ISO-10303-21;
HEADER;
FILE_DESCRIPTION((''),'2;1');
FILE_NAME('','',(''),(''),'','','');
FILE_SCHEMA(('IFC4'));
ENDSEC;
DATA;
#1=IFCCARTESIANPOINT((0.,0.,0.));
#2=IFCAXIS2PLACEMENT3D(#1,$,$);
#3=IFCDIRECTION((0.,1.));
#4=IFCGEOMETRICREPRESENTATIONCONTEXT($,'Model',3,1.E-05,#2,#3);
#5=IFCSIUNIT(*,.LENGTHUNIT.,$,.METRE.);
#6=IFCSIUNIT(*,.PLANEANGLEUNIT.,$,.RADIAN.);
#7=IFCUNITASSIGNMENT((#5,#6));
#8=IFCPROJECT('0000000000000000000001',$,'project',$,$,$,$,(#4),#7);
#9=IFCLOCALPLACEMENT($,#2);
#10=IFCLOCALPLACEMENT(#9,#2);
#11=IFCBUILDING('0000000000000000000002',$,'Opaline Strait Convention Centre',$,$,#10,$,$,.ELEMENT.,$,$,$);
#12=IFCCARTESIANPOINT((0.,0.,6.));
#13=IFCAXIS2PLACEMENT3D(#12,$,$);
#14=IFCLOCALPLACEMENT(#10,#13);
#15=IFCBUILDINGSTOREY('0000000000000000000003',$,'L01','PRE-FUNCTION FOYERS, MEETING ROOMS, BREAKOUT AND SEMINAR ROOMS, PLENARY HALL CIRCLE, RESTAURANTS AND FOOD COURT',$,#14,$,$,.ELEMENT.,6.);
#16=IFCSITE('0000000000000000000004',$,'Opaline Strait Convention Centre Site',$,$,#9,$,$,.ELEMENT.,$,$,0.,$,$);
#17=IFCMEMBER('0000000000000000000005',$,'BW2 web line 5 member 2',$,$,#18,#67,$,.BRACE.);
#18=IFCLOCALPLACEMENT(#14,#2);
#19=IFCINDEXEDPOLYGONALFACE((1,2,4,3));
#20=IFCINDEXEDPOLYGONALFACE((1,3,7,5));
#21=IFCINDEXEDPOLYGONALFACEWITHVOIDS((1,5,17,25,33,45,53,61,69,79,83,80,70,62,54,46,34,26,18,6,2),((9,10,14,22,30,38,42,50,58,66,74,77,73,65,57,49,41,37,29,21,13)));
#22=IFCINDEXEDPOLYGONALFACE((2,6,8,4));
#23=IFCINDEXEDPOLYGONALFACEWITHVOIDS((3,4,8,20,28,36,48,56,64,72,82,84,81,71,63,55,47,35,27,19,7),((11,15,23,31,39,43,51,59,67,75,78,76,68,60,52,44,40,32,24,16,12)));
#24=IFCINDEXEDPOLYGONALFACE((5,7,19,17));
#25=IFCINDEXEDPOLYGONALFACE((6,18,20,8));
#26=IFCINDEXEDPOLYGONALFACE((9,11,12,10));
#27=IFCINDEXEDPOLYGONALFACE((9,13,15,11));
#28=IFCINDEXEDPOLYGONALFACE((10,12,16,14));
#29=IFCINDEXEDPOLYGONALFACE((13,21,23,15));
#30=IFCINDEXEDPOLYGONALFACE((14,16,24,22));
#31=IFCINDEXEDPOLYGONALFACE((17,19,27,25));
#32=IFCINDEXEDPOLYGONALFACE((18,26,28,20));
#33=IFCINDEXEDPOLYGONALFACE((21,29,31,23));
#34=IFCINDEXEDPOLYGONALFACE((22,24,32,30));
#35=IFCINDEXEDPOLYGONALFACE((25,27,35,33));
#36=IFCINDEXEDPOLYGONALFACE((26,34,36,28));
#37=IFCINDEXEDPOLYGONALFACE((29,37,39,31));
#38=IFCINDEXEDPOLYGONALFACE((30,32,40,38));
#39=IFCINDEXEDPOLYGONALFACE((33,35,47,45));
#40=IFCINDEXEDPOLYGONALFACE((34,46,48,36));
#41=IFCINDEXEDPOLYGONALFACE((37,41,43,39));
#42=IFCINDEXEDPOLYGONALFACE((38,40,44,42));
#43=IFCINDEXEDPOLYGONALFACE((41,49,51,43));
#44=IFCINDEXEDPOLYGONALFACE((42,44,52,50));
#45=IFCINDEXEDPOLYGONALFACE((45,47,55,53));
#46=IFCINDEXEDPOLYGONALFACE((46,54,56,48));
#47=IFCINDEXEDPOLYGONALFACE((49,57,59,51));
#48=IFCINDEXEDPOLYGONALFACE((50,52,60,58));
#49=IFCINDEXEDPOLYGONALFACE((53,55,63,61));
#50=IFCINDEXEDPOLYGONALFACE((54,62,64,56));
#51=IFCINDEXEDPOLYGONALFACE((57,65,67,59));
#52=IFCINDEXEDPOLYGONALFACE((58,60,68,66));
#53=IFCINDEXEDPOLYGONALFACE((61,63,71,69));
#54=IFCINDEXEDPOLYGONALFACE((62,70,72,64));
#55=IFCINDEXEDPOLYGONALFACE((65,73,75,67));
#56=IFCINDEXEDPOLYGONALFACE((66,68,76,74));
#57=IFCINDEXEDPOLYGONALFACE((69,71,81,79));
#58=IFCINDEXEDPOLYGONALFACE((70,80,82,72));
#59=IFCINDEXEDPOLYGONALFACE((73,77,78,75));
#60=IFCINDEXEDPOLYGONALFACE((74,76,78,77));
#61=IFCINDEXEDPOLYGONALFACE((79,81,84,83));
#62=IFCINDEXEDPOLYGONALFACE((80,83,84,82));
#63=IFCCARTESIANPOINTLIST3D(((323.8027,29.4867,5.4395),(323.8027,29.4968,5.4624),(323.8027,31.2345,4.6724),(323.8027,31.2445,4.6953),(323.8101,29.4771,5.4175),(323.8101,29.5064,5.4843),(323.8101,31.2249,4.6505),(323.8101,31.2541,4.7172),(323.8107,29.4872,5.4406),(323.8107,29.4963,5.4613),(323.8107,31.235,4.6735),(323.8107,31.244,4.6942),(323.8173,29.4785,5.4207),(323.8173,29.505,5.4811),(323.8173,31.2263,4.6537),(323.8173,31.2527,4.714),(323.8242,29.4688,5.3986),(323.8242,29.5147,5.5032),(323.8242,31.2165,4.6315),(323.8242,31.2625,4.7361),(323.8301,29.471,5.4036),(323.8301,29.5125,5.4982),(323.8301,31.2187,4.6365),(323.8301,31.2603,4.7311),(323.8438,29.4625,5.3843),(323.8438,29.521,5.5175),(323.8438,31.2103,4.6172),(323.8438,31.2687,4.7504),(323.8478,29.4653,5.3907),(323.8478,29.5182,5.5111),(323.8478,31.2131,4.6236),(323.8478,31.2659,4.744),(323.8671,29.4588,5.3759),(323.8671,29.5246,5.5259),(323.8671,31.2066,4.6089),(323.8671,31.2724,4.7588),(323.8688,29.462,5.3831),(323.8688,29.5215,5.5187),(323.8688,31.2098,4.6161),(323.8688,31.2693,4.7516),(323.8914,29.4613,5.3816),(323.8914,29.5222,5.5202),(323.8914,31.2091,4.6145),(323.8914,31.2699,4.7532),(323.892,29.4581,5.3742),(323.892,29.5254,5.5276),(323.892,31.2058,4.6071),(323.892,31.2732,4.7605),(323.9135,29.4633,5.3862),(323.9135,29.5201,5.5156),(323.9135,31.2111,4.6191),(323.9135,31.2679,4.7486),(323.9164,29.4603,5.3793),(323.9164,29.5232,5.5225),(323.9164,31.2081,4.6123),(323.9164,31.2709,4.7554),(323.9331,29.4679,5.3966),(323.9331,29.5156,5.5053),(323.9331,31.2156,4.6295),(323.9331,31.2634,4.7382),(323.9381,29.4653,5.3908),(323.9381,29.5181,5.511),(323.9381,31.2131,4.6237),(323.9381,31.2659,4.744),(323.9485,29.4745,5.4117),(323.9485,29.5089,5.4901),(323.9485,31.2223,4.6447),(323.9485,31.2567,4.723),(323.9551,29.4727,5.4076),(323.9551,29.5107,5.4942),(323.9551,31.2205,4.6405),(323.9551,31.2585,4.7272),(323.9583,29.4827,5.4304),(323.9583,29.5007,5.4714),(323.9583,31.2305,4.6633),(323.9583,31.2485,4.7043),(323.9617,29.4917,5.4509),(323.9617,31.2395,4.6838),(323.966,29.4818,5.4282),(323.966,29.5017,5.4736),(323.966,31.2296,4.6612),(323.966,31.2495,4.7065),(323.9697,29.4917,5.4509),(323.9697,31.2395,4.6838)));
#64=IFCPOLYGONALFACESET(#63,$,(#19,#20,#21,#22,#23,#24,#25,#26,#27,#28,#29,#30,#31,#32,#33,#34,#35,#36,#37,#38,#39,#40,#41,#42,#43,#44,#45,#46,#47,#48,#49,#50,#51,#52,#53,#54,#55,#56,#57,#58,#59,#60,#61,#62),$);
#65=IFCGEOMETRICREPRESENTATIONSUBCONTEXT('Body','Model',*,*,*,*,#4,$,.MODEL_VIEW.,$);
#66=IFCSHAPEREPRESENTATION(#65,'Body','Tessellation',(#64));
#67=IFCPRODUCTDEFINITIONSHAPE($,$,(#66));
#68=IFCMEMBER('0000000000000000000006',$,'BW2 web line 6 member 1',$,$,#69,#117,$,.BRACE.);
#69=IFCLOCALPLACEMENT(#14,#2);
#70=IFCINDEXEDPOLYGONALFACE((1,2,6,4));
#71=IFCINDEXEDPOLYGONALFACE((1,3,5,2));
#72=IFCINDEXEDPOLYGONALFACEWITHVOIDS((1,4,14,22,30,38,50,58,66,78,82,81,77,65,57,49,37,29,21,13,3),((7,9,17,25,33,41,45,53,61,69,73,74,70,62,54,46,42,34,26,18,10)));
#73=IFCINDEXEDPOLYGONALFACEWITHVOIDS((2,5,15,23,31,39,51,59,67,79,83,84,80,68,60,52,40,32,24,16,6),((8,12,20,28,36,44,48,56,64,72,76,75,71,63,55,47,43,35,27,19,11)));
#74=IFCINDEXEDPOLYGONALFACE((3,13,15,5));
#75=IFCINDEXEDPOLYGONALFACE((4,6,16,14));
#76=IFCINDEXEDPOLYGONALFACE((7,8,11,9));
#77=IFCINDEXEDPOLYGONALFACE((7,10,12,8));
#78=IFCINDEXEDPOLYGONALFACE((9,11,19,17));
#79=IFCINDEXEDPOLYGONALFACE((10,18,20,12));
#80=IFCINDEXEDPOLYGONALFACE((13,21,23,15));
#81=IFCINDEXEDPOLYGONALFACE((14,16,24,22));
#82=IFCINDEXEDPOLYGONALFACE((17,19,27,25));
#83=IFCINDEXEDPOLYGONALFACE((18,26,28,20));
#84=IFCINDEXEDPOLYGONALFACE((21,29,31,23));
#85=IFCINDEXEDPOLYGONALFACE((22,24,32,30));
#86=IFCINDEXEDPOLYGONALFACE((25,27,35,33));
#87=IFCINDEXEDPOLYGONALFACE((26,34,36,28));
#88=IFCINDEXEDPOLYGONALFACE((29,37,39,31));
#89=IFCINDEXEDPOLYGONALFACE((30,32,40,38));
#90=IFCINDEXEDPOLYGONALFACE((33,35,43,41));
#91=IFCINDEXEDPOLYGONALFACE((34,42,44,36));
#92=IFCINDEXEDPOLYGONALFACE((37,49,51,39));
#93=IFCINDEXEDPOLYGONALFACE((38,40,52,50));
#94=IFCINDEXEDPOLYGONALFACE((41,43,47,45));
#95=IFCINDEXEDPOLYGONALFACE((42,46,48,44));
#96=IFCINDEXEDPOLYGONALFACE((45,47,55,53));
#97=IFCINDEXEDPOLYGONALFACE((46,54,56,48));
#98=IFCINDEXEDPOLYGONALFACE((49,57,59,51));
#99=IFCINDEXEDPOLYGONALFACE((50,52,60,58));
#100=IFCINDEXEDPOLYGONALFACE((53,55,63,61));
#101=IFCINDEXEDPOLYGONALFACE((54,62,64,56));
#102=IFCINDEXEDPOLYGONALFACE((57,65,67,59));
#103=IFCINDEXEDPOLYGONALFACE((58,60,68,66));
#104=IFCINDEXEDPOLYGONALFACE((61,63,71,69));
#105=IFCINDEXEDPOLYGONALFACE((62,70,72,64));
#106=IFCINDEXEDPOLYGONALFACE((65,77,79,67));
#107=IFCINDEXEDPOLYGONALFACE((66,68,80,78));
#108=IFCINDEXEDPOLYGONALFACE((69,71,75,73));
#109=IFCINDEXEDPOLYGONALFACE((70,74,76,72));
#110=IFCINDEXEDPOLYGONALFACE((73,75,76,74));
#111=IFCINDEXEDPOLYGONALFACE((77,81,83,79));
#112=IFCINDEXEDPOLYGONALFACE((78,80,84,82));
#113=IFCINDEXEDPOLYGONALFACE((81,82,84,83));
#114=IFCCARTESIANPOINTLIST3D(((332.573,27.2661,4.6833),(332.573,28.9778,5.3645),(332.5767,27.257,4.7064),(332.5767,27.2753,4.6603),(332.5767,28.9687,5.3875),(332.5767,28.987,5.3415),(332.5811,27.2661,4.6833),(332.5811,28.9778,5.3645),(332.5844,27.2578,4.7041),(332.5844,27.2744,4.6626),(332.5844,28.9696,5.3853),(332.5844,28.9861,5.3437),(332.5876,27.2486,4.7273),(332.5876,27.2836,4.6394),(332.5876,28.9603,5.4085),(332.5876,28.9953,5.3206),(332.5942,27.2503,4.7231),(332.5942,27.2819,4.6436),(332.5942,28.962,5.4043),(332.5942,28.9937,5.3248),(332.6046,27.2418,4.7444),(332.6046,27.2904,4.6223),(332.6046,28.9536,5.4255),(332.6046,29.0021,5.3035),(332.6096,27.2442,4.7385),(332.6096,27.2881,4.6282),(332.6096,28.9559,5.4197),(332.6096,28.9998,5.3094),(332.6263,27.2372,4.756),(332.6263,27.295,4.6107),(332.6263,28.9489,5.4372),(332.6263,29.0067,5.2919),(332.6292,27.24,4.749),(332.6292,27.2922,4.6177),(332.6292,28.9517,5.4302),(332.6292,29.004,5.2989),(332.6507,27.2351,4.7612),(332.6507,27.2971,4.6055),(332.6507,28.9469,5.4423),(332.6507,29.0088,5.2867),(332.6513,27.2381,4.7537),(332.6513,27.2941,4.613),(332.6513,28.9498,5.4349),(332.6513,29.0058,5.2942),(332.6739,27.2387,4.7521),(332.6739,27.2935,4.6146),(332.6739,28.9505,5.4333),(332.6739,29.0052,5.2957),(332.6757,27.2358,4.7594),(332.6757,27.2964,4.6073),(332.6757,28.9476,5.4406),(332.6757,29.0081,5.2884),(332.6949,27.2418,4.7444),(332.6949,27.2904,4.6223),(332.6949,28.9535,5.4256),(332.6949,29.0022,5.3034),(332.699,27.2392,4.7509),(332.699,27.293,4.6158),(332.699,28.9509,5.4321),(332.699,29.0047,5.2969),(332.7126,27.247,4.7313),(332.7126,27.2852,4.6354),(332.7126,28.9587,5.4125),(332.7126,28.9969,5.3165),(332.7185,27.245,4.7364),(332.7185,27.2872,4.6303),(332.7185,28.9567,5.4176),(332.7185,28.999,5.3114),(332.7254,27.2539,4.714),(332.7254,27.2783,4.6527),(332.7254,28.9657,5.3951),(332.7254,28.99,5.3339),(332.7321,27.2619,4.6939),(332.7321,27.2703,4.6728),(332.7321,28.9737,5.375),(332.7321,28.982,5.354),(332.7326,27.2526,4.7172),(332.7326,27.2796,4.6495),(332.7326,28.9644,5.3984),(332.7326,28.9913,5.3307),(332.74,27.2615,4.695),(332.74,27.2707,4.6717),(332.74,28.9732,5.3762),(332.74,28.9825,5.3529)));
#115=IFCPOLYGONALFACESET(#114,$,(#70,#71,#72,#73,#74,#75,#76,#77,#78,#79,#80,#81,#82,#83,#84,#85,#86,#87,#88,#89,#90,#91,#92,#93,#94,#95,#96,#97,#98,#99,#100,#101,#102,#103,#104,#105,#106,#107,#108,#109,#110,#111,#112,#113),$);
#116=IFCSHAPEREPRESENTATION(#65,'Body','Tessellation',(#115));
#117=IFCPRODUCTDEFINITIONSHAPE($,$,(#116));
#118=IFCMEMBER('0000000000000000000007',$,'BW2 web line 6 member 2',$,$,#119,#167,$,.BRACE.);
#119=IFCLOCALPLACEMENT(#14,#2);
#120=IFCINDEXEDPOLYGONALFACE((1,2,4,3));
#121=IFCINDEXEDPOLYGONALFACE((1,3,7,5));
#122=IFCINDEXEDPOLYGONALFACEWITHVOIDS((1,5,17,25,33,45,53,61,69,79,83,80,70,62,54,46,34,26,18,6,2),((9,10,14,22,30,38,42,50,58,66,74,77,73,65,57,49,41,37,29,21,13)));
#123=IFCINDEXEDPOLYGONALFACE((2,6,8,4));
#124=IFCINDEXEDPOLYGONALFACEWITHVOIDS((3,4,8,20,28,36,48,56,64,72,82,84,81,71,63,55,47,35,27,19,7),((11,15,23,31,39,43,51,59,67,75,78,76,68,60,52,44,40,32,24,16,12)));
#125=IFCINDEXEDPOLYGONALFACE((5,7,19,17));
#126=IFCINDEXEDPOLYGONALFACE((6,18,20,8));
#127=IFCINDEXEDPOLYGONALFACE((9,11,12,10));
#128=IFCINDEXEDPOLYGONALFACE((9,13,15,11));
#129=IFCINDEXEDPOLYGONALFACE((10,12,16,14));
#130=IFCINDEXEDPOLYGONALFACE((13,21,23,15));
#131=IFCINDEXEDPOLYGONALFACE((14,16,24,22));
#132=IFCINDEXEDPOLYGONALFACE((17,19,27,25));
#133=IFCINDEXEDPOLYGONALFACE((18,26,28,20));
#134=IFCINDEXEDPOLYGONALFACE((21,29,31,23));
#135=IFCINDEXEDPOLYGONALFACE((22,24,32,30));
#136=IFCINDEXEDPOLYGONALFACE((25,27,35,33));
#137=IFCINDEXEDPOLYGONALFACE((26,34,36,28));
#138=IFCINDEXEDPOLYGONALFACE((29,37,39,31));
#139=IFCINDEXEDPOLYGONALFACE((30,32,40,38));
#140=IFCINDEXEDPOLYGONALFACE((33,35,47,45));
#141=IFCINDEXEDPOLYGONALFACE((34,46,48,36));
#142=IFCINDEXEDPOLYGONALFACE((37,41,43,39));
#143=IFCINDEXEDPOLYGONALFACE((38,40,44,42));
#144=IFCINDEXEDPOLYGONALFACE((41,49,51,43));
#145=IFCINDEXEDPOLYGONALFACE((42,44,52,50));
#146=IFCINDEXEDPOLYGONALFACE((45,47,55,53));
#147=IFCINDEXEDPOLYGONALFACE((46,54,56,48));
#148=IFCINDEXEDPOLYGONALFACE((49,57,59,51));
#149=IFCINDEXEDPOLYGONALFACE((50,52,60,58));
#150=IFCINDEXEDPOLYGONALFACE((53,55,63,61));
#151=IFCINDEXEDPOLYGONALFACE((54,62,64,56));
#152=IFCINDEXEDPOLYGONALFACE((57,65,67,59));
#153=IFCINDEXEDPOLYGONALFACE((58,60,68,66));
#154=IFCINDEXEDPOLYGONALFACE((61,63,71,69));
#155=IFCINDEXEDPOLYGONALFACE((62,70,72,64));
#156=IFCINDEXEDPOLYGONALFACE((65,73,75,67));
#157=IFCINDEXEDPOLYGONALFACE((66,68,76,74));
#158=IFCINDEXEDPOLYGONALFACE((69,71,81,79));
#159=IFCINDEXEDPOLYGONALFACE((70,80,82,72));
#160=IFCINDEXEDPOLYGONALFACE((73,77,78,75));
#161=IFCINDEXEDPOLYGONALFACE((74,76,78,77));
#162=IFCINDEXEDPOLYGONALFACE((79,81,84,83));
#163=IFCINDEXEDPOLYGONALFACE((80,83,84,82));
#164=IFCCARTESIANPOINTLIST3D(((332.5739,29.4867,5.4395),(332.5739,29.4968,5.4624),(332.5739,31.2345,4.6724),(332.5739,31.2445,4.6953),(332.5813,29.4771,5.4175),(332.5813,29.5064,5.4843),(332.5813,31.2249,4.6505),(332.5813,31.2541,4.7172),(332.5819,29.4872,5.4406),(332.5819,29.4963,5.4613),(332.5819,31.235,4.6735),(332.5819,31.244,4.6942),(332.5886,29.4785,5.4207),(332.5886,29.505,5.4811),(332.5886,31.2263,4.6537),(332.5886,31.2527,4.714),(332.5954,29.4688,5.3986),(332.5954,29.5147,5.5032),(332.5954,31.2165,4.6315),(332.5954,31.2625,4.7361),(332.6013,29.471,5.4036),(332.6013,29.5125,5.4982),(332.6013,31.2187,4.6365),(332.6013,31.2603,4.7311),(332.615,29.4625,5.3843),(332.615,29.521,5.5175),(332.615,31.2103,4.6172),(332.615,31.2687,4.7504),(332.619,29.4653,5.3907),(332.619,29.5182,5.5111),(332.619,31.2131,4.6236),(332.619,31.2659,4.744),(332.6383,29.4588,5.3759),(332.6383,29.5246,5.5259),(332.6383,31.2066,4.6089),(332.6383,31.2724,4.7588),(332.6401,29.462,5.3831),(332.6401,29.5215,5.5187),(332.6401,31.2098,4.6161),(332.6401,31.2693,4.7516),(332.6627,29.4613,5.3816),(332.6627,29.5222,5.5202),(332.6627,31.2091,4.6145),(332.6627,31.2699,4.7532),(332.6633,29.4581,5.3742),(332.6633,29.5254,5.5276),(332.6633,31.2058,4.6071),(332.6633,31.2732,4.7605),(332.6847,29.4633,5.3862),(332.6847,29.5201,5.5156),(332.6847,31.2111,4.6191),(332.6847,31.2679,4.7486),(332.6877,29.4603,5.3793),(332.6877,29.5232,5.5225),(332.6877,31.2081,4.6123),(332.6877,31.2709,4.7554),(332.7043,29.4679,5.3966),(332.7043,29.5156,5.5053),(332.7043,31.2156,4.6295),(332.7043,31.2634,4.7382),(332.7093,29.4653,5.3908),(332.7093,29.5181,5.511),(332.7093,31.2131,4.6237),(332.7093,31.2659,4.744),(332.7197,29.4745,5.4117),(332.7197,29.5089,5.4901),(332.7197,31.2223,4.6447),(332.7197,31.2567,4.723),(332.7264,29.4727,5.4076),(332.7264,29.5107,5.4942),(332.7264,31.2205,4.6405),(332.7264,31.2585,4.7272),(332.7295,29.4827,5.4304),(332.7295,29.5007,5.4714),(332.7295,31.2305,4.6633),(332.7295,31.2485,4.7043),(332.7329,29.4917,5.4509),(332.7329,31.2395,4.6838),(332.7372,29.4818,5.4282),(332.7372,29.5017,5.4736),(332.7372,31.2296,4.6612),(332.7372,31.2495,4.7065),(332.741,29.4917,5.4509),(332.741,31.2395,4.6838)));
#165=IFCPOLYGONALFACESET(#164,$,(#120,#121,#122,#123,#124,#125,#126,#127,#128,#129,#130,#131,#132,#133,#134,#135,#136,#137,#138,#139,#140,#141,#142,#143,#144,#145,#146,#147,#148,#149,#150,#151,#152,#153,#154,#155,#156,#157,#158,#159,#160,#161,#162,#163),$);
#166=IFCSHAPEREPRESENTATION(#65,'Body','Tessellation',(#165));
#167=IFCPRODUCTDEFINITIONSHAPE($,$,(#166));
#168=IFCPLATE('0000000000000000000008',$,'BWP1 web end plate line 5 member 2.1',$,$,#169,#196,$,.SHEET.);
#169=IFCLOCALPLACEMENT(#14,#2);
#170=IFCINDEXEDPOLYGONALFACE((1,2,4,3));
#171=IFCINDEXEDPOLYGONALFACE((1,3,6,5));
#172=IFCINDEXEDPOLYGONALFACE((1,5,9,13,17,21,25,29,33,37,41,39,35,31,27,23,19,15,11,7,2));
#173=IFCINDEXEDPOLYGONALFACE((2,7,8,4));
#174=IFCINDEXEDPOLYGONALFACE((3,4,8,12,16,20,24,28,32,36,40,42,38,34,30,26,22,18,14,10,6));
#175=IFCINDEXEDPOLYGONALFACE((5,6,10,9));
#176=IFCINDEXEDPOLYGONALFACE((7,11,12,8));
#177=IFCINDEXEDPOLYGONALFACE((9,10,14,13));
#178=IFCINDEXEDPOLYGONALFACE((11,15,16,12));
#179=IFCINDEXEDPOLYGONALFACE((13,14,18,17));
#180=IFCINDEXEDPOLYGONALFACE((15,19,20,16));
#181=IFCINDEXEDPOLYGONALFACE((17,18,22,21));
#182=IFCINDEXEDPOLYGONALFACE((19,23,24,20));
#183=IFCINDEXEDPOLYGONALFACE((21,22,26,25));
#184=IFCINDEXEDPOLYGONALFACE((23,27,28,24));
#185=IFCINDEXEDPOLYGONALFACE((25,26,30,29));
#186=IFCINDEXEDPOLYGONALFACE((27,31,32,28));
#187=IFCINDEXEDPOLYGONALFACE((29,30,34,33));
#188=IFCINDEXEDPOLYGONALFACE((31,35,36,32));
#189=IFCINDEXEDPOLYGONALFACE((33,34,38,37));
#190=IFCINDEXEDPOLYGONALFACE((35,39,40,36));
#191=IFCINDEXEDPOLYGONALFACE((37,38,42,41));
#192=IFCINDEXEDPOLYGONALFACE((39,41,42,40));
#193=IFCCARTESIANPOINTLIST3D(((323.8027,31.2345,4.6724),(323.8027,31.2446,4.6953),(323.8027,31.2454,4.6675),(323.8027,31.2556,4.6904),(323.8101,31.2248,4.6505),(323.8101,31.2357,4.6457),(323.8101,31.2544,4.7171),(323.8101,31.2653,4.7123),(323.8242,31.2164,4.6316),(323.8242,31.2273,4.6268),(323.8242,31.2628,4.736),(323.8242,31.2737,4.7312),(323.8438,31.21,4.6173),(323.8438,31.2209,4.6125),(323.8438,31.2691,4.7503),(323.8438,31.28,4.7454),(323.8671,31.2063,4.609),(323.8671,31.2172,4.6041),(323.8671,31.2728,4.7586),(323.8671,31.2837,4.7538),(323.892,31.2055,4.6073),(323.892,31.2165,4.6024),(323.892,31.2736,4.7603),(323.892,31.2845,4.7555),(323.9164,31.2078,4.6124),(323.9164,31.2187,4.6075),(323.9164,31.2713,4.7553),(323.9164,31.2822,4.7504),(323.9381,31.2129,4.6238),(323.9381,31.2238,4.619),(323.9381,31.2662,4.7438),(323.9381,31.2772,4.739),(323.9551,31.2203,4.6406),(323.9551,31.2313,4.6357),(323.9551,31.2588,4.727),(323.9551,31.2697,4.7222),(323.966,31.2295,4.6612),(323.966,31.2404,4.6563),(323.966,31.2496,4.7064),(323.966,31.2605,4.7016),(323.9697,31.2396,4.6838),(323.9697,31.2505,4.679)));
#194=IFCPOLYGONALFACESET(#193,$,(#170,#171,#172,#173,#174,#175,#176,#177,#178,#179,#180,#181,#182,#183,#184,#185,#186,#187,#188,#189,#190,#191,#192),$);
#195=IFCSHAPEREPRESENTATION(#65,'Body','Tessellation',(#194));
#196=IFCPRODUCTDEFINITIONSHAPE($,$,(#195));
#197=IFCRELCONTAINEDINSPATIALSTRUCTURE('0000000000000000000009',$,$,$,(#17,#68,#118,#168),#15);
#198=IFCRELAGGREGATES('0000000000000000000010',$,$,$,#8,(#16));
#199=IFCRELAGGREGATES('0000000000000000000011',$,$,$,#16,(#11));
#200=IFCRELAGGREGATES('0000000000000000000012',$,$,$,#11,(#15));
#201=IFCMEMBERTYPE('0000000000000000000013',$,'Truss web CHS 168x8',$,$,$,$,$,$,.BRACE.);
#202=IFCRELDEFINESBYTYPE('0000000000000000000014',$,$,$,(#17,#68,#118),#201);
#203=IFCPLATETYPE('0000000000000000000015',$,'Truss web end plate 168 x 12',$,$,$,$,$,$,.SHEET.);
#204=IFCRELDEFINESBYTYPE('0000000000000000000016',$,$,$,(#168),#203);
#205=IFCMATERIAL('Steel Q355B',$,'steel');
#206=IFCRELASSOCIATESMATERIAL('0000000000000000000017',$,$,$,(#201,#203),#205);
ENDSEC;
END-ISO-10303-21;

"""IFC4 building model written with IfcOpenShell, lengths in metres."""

from ifc_helpers import new_model, si_unit, direction, frame, origin, origin_2d, place, context, subcontext, project, spatial, circle, hollow_circle, extrude, material, material_profile, profile_set, type_object, element, save


model = new_model("IFC4")

# Units and contexts
model_context = context("Model", 3, precision=1e-05, world=origin(), true_north=direction((0.0, 1.0)))
body_context = subcontext(model_context, "Body", "Model", "MODEL_VIEW")
ifc_project = project(units=[si_unit("LENGTHUNIT", "METRE"), si_unit("PLANEANGLEUNIT", "RADIAN")], contexts=[model_context])

# Site, building, storey
site_placement = place(None, origin())
site = spatial("IfcSite", under=ifc_project, at=site_placement, Name="Opaline Strait Convention Centre Site", CompositionType="ELEMENT", RefElevation=0.0)
building_placement = place(site_placement, origin())
building = spatial("IfcBuilding", under=site, at=building_placement, Name="Opaline Strait Convention Centre", CompositionType="ELEMENT")
storey_placement = place(building_placement, frame((0.0, 0.0, 6.0)))
storey = spatial("IfcBuildingStorey", under=building, at=storey_placement, Name="L01", Description="PRE-FUNCTION FOYERS, MEETING ROOMS, BREAKOUT AND SEMINAR ROOMS, PLENARY HALL CIRCLE, RESTAURANTS AND FOOD COURT", CompositionType="ELEMENT", Elevation=6.0)

# Members
ifc_material_1 = material(Name="Steel Q355B", Category="steel")
ifc_material_profile_1 = material_profile(ifc_material_1, hollow_circle(Radius=0.084, WallThickness=0.0081, at=origin_2d()), Name="CHS 168x8")
ifc_profile_set_1 = profile_set([ifc_material_profile_1], Name="Steel Q355B")
member_type_1 = type_object("IfcMemberType", Name="Truss web CHS 168x8", PredefinedType="BRACE", material=ifc_profile_set_1)
member_1_placement = place(storey_placement, frame((323.8857, 31.2395, 4.6838), z_axis=(0.0, -0.91569, 0.401885), x_axis=(1.0, 0.0, 0.0)))
element("IfcMember", 1, at=member_1_placement, inside=storey, type_object=member_type_1, Name="BW2 web line 5 member 2", PredefinedType="BRACE", context=body_context, shape_type="SweptSolid", body=[
    extrude(hollow_circle(Radius=0.084, WallThickness=0.0081, at=origin_2d()), origin(), (0.0, 0.0, 1.0), 1.9087),
])
member_2_placement = place(storey_placement, frame((332.657, 27.2661, 4.6833), z_axis=(0.0, 0.929133, 0.369745), x_axis=(-1.0, 0.0, 0.0)))
element("IfcMember", 2, at=member_2_placement, inside=storey, type_object=member_type_1, Name="BW2 web line 6 member 1", PredefinedType="BRACE", context=body_context, shape_type="SweptSolid", body=[
    extrude(hollow_circle(Radius=0.084, WallThickness=0.0081, at=origin_2d()), origin(), (0.0, 0.0, 1.0), 1.8423),
])
member_3_placement = place(storey_placement, frame((332.657, 31.2395, 4.6838), z_axis=(0.0, -0.91569, 0.401885), x_axis=(1.0, 0.0, 0.0)))
element("IfcMember", 3, at=member_3_placement, inside=storey, type_object=member_type_1, Name="BW2 web line 6 member 2", PredefinedType="BRACE", context=body_context, shape_type="SweptSolid", body=[
    extrude(hollow_circle(Radius=0.084, WallThickness=0.0081, at=origin_2d()), origin(), (0.0, 0.0, 1.0), 1.9087),
])

# Plate
ifc_material_profile_2 = material_profile(ifc_material_1, circle(Radius=0.084, at=origin_2d()), Name="D168")
ifc_profile_set_2 = profile_set([ifc_material_profile_2], Name="Steel Q355B")
plate_type = type_object("IfcPlateType", Name="Truss web end plate 168 x 12", PredefinedType="SHEET", material=ifc_profile_set_2)
for number, where, z_axis, x_axis, name in (
    (4, (323.8857, 31.2505, 4.679), (0.0, -0.913812, 0.406138), (1.0, 0.0, 0.0), "BWP1 web end plate line 5 member 2.1"),
):
    element("IfcPlate", number, at=place(storey_placement, frame(where, z_axis=z_axis, x_axis=x_axis)), inside=storey, type_object=plate_type, Name=name, PredefinedType="SHEET", context=body_context, shape_type="SweptSolid", body=[
        extrude(circle(Radius=0.084, at=origin_2d()), origin(), (0.0, 0.0, 1.0), 0.012),
    ])

save(model, "model.ifc")
